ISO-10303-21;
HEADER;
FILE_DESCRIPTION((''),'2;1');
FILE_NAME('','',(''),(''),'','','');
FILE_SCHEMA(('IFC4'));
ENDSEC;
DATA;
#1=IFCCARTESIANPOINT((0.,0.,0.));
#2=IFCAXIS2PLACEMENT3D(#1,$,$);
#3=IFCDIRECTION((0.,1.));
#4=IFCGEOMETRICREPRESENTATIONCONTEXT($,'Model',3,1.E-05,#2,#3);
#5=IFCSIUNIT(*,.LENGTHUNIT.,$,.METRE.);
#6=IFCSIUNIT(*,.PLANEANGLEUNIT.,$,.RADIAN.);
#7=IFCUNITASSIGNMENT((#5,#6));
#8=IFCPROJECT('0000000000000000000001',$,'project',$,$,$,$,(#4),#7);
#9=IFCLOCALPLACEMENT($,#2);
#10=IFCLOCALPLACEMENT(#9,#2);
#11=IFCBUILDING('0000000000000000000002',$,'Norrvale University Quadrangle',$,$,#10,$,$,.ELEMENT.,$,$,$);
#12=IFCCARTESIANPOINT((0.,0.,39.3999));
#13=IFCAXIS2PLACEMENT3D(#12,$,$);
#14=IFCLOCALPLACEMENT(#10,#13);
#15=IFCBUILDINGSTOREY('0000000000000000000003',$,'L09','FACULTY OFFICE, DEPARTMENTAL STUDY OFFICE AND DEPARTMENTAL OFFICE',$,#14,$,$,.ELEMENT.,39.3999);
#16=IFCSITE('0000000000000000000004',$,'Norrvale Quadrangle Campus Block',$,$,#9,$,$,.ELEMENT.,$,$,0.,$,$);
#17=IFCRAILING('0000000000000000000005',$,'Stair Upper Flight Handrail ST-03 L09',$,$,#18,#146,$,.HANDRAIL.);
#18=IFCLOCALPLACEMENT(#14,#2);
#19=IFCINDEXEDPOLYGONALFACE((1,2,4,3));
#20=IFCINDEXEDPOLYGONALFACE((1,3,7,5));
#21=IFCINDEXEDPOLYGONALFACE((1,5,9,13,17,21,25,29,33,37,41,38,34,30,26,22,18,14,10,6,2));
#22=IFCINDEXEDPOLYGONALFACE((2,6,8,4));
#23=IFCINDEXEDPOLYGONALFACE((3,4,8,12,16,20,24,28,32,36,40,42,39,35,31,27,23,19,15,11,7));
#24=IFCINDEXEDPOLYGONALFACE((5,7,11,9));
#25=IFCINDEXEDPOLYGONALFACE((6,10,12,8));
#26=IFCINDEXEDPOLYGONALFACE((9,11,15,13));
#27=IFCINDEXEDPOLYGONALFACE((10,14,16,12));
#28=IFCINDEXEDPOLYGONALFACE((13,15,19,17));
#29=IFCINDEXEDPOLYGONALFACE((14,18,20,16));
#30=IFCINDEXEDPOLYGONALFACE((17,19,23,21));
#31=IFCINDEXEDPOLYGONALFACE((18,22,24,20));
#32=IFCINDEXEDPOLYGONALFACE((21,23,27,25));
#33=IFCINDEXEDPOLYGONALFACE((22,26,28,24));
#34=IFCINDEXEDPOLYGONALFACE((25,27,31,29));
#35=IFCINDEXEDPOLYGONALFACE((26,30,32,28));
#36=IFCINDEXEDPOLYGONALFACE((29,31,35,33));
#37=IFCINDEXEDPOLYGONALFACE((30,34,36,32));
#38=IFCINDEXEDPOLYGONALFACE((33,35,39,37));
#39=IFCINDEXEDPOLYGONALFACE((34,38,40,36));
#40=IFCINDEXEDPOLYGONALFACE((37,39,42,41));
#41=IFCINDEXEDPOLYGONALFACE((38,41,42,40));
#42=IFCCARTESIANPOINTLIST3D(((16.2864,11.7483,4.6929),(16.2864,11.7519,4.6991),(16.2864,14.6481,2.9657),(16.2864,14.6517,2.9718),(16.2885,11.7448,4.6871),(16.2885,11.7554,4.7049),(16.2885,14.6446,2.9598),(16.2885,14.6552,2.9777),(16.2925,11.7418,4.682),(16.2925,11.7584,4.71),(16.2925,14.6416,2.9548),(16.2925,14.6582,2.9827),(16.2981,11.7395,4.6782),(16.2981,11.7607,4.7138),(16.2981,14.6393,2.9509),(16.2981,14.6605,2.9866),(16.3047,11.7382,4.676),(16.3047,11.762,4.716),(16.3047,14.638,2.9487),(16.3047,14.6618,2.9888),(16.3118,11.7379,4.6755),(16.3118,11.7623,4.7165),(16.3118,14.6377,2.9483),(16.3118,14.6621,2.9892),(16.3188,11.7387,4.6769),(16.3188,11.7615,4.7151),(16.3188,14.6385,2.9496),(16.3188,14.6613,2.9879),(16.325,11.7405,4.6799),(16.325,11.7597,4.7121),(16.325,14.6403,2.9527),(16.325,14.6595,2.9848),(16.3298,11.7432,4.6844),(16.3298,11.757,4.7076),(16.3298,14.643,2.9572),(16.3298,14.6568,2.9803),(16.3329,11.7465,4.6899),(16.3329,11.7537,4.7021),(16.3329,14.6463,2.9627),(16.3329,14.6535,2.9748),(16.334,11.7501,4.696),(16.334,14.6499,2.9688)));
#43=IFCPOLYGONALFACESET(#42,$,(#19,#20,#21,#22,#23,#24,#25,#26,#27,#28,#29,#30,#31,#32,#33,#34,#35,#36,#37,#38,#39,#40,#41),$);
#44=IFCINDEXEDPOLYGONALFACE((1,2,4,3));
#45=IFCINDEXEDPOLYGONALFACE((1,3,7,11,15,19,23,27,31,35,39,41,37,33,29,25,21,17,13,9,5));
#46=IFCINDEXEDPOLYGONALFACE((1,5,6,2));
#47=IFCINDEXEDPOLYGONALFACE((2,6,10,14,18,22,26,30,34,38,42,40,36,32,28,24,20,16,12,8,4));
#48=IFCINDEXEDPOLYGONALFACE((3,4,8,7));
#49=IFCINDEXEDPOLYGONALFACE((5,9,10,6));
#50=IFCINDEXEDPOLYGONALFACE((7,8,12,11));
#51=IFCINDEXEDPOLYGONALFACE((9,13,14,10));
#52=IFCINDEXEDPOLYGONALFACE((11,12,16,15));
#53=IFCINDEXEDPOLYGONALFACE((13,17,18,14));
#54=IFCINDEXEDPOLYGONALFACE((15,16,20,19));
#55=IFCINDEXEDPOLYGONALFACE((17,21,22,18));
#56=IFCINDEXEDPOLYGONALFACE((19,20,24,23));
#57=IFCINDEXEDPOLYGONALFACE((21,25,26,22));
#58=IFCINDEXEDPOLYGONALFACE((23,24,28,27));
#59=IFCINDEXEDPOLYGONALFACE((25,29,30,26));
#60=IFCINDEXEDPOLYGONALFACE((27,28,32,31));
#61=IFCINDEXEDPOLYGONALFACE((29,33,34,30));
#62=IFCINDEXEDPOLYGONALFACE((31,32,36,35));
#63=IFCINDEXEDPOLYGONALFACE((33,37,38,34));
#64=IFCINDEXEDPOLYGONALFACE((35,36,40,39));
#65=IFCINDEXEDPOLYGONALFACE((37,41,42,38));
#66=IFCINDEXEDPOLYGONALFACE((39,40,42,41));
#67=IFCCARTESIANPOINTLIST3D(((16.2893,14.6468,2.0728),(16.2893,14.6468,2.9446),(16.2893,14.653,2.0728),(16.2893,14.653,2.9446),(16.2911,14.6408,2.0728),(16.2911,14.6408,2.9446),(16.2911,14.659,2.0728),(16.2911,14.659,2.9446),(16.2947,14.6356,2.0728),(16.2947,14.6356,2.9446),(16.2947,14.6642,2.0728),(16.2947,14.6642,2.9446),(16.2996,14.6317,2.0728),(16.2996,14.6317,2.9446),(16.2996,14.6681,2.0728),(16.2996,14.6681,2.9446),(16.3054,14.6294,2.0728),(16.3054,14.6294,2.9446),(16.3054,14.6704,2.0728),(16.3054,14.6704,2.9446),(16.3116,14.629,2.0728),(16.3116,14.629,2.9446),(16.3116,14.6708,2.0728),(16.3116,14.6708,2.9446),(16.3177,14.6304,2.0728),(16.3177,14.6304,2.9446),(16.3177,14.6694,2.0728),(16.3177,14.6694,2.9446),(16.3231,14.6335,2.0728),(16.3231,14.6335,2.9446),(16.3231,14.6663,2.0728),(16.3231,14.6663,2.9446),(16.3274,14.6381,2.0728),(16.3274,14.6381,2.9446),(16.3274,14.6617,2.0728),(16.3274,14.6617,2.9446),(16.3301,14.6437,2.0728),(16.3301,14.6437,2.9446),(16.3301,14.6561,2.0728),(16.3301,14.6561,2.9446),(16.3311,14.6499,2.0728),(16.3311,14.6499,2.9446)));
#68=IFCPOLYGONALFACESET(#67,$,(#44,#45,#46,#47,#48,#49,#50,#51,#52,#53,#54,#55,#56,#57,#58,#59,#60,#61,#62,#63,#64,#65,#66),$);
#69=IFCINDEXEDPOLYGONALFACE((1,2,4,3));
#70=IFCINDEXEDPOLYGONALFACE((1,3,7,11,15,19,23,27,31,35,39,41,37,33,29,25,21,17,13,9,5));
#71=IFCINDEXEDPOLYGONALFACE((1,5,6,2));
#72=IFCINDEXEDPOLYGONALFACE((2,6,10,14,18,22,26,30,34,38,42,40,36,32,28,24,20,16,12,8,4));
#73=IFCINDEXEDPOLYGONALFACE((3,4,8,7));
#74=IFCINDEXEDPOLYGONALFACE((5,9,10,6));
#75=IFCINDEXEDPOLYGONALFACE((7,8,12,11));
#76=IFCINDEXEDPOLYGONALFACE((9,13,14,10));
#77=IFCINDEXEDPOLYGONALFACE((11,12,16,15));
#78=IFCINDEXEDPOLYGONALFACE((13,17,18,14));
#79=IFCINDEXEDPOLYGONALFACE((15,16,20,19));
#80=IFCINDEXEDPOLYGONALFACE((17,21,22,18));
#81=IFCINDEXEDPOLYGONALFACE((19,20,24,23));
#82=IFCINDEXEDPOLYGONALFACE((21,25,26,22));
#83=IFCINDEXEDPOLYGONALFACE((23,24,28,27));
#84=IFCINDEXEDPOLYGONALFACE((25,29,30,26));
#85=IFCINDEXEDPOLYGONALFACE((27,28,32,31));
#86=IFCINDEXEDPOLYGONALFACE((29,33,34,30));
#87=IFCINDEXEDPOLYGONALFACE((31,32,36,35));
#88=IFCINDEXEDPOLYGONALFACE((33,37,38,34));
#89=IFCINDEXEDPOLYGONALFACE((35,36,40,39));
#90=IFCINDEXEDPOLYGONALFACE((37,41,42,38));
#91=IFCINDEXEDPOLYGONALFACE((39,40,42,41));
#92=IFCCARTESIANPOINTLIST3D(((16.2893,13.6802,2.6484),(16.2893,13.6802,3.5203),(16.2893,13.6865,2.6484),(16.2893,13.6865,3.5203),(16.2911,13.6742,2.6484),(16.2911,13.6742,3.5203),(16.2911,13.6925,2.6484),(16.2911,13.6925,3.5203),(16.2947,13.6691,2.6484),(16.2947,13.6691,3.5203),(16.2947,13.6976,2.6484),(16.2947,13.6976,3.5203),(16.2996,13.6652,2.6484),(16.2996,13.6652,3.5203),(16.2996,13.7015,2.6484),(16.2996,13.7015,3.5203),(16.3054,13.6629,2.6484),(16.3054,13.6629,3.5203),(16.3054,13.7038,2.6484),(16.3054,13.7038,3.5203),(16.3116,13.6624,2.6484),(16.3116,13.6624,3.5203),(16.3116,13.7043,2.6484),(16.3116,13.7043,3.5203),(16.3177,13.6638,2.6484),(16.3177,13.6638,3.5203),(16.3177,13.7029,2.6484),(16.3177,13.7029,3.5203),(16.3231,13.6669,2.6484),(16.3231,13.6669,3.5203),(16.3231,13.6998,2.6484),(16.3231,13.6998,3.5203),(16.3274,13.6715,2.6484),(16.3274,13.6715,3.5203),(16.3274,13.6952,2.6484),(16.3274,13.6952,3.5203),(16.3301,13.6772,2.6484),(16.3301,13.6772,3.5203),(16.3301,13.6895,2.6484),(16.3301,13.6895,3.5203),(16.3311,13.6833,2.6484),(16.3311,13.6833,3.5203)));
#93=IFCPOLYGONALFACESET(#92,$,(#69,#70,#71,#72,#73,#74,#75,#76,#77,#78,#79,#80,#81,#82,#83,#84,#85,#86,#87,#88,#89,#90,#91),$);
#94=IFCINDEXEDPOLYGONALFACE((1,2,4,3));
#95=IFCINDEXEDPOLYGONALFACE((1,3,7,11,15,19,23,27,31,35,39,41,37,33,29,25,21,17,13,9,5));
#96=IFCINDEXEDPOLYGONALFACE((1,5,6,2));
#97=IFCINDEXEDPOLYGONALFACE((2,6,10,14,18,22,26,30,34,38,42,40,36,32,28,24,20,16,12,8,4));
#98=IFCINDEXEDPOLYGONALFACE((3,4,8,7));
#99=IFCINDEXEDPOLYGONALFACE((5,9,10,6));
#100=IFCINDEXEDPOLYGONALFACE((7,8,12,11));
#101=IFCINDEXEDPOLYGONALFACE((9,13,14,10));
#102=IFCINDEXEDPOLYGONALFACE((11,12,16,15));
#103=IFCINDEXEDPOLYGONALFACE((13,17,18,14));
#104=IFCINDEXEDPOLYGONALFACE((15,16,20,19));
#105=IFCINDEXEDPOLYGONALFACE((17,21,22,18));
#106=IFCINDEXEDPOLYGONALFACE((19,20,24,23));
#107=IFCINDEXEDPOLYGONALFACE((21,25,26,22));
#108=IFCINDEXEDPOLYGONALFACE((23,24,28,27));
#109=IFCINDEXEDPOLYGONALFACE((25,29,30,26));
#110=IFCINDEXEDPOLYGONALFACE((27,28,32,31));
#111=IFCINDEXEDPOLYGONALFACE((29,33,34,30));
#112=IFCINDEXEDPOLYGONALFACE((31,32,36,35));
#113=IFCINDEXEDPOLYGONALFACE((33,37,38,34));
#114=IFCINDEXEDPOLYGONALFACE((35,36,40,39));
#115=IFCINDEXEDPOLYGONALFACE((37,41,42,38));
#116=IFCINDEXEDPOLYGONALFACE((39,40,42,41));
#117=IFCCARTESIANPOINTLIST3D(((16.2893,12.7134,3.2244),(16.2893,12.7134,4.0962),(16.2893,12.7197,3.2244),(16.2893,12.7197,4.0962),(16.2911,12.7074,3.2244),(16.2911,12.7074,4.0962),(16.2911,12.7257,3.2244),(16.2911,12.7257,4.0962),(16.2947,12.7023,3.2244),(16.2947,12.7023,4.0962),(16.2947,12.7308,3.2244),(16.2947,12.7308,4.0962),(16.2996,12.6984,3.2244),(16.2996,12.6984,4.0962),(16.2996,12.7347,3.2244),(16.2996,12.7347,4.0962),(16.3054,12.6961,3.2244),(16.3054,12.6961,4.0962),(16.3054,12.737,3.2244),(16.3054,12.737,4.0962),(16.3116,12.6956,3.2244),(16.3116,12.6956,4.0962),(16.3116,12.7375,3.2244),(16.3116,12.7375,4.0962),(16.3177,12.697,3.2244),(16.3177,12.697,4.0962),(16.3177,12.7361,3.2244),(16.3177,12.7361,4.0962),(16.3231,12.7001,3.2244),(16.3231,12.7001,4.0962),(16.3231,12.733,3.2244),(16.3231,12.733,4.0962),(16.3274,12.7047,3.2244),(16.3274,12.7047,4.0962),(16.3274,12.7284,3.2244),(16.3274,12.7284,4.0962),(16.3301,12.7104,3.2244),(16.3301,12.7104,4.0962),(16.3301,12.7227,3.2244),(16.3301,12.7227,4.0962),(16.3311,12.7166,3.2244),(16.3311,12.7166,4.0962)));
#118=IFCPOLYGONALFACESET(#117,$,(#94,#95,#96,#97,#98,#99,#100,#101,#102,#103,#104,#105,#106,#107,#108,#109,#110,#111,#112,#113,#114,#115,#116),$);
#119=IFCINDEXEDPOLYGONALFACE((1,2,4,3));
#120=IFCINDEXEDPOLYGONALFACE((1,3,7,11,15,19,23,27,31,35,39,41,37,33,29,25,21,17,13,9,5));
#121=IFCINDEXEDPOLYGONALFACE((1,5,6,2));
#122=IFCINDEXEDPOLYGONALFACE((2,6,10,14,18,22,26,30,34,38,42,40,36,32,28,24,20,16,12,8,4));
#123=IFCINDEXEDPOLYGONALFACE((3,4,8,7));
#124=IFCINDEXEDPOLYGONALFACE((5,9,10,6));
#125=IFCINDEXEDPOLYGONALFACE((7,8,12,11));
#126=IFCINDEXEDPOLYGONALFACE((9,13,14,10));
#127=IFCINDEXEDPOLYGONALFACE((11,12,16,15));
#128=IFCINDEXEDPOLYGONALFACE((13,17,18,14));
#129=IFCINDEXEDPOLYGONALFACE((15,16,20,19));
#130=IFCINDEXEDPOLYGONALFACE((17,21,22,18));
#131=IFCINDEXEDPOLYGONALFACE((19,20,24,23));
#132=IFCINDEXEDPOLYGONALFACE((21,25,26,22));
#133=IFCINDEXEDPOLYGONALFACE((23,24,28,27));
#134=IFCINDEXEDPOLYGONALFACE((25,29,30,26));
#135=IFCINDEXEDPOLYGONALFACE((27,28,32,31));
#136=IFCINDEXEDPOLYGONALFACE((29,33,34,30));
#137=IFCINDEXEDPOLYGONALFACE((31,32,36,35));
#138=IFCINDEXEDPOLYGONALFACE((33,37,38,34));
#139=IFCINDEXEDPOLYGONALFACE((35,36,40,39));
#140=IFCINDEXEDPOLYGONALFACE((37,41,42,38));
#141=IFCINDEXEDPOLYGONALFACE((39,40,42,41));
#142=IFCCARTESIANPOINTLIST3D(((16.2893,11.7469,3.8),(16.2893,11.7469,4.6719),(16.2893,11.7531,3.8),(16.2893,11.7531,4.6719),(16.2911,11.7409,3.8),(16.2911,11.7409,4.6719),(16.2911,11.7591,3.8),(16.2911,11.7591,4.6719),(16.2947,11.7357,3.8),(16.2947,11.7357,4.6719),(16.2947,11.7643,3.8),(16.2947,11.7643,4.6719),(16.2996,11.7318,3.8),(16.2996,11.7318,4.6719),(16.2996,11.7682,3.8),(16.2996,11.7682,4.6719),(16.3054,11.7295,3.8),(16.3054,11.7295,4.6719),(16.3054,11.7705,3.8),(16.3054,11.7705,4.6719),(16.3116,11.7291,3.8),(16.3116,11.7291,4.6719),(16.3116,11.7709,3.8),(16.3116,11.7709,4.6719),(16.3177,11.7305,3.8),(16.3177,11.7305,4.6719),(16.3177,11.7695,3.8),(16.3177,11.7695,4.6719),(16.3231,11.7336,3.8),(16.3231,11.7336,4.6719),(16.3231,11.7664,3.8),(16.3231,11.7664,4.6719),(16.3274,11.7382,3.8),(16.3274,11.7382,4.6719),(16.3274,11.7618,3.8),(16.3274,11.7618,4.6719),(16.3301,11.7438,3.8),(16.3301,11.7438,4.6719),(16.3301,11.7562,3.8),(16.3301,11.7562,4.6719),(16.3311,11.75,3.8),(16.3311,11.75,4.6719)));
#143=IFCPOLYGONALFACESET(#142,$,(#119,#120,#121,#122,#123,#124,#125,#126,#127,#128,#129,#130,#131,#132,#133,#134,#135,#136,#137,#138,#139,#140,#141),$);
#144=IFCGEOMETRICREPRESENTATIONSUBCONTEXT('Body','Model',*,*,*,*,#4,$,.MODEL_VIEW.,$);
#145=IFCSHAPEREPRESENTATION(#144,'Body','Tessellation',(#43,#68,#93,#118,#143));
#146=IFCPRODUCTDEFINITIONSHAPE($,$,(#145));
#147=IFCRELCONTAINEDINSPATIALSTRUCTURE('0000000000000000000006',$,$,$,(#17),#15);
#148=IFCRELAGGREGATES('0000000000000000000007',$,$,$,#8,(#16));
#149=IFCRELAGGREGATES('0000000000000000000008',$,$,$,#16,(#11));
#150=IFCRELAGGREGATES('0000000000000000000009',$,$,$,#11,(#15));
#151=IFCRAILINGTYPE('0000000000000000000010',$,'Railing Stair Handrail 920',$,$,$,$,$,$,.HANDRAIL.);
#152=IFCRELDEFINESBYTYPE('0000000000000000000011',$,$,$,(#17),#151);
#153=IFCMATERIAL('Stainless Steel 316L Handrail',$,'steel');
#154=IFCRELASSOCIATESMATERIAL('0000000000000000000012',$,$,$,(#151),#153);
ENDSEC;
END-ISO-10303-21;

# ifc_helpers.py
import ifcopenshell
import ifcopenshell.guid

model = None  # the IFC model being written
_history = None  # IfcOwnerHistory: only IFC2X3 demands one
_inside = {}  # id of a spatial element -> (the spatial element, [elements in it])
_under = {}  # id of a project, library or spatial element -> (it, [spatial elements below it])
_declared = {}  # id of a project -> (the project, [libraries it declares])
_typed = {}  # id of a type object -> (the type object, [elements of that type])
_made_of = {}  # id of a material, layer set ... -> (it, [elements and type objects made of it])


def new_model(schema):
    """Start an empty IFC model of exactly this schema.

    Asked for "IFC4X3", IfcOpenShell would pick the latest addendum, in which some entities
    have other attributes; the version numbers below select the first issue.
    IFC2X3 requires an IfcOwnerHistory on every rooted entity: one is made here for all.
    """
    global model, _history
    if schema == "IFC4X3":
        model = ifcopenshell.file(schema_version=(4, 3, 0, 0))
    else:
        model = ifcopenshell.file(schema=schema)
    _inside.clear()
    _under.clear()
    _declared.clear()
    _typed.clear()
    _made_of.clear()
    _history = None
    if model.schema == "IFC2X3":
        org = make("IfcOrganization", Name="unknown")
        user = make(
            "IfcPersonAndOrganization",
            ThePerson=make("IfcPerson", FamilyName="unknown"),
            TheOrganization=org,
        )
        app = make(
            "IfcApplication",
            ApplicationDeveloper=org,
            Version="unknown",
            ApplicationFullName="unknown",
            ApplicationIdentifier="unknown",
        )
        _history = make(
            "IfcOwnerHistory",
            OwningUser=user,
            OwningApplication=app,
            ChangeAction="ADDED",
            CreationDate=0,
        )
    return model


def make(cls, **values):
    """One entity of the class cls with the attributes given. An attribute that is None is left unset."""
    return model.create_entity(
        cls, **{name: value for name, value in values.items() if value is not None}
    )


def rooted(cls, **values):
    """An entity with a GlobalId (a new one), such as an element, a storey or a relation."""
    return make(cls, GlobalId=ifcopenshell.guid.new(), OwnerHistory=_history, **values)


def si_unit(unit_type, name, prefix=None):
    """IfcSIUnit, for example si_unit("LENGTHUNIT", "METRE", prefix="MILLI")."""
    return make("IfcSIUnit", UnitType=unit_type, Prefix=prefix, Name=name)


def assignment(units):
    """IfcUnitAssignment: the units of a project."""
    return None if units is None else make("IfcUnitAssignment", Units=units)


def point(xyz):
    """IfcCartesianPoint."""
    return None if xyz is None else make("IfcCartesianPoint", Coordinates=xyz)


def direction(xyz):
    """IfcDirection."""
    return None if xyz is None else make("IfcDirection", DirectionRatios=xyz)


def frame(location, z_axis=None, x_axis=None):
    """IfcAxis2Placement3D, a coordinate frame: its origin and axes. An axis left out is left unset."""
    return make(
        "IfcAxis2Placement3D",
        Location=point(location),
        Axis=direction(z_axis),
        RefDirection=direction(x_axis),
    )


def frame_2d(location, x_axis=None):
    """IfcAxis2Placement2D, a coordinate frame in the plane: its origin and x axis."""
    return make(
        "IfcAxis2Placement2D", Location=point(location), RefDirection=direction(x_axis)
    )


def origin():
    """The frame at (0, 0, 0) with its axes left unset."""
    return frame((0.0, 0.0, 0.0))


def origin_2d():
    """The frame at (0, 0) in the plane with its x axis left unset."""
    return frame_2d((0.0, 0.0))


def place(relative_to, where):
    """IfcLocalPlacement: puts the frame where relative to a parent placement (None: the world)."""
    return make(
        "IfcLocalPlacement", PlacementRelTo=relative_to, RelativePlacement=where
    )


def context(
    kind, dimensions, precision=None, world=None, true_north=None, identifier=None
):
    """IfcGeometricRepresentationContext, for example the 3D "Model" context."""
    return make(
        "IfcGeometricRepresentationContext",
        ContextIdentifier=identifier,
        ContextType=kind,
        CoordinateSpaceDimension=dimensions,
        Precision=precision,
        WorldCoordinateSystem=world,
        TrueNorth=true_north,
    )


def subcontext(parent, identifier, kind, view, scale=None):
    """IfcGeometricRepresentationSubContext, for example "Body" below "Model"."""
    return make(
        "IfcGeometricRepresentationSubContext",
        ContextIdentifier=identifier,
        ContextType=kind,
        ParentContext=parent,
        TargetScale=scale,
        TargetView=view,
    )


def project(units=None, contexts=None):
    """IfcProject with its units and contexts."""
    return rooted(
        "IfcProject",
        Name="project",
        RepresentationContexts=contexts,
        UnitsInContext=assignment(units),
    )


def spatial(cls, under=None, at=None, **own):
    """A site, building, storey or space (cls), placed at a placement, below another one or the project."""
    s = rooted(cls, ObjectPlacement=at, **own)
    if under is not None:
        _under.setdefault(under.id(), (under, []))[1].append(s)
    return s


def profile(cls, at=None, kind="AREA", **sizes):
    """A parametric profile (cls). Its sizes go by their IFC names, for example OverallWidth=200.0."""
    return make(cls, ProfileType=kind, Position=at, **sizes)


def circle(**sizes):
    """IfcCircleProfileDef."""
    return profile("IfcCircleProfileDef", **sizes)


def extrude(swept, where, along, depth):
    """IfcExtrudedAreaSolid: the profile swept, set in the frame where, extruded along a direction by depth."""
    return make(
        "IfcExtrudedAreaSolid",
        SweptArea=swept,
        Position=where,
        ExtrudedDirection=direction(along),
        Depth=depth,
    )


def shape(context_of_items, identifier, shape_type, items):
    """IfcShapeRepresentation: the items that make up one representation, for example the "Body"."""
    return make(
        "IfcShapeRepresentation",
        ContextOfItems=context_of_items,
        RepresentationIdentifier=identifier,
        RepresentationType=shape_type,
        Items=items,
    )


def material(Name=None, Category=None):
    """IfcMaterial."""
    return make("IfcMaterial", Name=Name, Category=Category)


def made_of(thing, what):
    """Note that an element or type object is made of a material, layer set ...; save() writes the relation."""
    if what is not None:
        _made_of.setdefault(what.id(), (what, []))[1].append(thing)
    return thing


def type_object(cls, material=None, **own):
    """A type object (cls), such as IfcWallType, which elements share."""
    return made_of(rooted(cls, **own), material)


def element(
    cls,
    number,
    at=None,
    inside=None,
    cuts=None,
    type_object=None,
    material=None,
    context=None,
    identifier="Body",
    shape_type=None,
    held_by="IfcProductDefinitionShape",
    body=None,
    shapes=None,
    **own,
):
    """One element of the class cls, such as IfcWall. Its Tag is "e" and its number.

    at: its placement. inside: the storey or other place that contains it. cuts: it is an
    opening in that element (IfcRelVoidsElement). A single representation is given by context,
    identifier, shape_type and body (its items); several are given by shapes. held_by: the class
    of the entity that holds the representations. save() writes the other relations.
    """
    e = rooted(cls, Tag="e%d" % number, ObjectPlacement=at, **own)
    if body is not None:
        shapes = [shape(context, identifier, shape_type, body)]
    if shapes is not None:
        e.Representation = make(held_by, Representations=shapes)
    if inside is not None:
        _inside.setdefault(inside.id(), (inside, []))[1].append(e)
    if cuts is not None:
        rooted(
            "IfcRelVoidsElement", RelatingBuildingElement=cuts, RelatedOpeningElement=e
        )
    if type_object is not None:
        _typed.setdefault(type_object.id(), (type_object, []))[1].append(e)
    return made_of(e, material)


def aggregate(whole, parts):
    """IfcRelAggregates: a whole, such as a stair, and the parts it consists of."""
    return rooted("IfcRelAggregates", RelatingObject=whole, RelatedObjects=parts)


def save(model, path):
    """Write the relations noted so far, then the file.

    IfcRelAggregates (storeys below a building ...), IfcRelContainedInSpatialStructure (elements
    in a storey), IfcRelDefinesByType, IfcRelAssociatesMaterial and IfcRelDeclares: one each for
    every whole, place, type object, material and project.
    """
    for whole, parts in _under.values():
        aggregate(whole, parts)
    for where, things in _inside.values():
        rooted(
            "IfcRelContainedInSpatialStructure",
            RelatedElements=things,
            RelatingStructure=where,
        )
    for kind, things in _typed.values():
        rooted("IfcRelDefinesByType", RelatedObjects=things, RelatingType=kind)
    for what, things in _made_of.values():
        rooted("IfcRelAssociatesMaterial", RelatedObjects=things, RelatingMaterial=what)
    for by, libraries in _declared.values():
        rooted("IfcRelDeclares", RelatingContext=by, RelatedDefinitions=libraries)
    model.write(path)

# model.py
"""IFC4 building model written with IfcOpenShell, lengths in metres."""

from ifc_helpers import new_model, si_unit, direction, frame, origin, origin_2d, place, context, subcontext, project, spatial, circle, extrude, material, type_object, element, save


model = new_model("IFC4")

# Units and contexts
model_context = context("Model", 3, precision=1e-05, world=origin(), true_north=direction((0.0, 1.0)))
body_context = subcontext(model_context, "Body", "Model", "MODEL_VIEW")
ifc_project = project(units=[si_unit("LENGTHUNIT", "METRE"), si_unit("PLANEANGLEUNIT", "RADIAN")], contexts=[model_context])

# Site, building, storey
site_placement = place(None, origin())
site = spatial("IfcSite", under=ifc_project, at=site_placement, Name="Norrvale Quadrangle Campus Block", CompositionType="ELEMENT", RefElevation=0.0)
building_placement = place(site_placement, origin())
building = spatial("IfcBuilding", under=site, at=building_placement, Name="Norrvale University Quadrangle", CompositionType="ELEMENT")
storey_placement = place(building_placement, frame((0.0, 0.0, 39.3999)))
storey = spatial("IfcBuildingStorey", under=building, at=storey_placement, Name="L09", Description="FACULTY OFFICE, DEPARTMENTAL STUDY OFFICE AND DEPARTMENTAL OFFICE", CompositionType="ELEMENT", Elevation=39.3999)

# Railing
ifc_material_1 = material(Name="Stainless Steel 316L Handrail", Category="steel")
railing_type_1 = type_object("IfcRailingType", Name="Railing Stair Handrail 920", PredefinedType="HANDRAIL", material=ifc_material_1)
railing_1_placement = place(storey_placement, frame((16.3101, 14.6499, 2.0728)))
element("IfcRailing", 1, at=railing_1_placement, inside=storey, type_object=railing_type_1, Name="Stair Upper Flight Handrail ST-03 L09", PredefinedType="HANDRAIL", context=body_context, shape_type="SweptSolid", body=[
    extrude(circle(Radius=0.0239, at=origin_2d()), frame((0.0, 0.0, 0.896), z_axis=(0.0, -0.859141, 0.511738), x_axis=(1.0, 0.0, 0.0)), (0.0, 0.0, 1.0), 3.3752),
    extrude(circle(Radius=0.021, at=origin_2d()), origin(), (0.0, 0.0, 1.0), 0.8718),
    extrude(circle(Radius=0.021, at=origin_2d()), frame((0.0, -0.9666, 0.5757)), (0.0, 0.0, 1.0), 0.8718),
    extrude(circle(Radius=0.021, at=origin_2d()), frame((0.0, -1.9333, 1.1516)), (0.0, 0.0, 1.0), 0.8718),
    extrude(circle(Radius=0.021, at=origin_2d()), frame((0.0, -2.8999, 1.7273)), (0.0, 0.0, 1.0), 0.8718),
])

save(model, "model.ifc")
